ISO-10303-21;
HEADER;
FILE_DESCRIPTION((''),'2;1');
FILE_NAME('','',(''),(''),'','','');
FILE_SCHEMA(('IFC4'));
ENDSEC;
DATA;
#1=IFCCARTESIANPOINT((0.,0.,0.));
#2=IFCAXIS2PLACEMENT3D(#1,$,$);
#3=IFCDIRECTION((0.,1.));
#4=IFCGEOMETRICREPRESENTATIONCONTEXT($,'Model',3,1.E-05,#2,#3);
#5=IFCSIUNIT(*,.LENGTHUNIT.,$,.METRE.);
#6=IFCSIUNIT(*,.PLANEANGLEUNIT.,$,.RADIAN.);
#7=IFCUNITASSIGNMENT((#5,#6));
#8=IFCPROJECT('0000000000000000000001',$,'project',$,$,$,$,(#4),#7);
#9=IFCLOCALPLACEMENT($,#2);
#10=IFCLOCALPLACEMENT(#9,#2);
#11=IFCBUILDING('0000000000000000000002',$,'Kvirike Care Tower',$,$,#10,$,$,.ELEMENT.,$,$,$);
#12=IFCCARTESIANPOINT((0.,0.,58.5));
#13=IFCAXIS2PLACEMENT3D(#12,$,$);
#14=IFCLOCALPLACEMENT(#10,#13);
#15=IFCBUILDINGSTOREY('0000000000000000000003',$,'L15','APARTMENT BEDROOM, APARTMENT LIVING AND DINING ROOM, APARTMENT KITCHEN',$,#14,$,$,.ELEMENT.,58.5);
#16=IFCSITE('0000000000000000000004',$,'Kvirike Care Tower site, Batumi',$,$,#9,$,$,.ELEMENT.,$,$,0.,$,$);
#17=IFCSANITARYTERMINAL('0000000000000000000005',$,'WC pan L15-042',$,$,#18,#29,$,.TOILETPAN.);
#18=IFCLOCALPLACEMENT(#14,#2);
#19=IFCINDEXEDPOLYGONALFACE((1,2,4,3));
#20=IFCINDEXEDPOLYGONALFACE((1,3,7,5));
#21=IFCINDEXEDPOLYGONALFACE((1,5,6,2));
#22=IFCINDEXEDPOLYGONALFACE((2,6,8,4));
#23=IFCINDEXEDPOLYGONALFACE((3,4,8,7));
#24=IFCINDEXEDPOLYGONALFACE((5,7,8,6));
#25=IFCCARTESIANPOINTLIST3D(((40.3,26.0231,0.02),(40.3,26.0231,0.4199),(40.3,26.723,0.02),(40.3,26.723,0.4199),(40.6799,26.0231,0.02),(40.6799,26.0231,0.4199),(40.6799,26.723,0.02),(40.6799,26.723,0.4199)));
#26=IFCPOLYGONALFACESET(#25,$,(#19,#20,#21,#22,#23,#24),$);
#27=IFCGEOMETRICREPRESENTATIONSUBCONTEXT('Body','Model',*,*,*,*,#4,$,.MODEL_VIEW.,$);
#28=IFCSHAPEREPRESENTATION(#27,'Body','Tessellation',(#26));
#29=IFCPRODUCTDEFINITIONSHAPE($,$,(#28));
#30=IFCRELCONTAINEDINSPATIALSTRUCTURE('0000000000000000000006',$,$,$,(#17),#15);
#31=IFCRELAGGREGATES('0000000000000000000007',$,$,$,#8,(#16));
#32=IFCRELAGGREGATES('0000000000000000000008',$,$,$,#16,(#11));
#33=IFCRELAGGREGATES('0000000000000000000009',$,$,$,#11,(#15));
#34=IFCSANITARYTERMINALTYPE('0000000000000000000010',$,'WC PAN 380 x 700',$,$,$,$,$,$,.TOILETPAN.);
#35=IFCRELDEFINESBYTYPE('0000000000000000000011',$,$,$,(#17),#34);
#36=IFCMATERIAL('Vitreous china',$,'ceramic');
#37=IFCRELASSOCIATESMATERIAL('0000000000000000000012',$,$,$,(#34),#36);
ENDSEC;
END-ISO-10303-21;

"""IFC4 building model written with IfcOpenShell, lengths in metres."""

from ifc_helpers import new_model, si_unit, direction, frame, origin, origin_2d, place, context, subcontext, project, spatial, rectangle, extrude, material, type_object, element, save


model = new_model("IFC4")

# Units and contexts
model_context = context("Model", 3, precision=1e-05, world=origin(), true_north=direction((0.0, 1.0)))
body_context = subcontext(model_context, "Body", "Model", "MODEL_VIEW")
ifc_project = project(units=[si_unit("LENGTHUNIT", "METRE"), si_unit("PLANEANGLEUNIT", "RADIAN")], contexts=[model_context])

# Site, building, storey
site_placement = place(None, origin())
site = spatial("IfcSite", under=ifc_project, at=site_placement, Name="Kvirike Care Tower site, Batumi", CompositionType="ELEMENT", RefElevation=0.0)
building_placement = place(site_placement, origin())
building = spatial("IfcBuilding", under=site, at=building_placement, Name="Kvirike Care Tower", CompositionType="ELEMENT")
storey_placement = place(building_placement, frame((0.0, 0.0, 58.5)))
storey = spatial("IfcBuildingStorey", under=building, at=storey_placement, Name="L15", Description="APARTMENT BEDROOM, APARTMENT LIVING AND DINING ROOM, APARTMENT KITCHEN", CompositionType="ELEMENT", Elevation=58.5)

# Sanitary terminal
ifc_material_1 = material(Name="Vitreous china", Category="ceramic")
sanitary_terminal_type_1 = type_object("IfcSanitaryTerminalType", Name="WC PAN 380 x 700", PredefinedType="TOILETPAN", material=ifc_material_1)
sanitary_terminal_1_placement = place(storey_placement, frame((40.49, 26.373, 0.02), z_axis=(0.0, 0.0, 1.0), x_axis=(1.0, 0.0, 0.0)))
element("IfcSanitaryTerminal", 1, at=sanitary_terminal_1_placement, inside=storey, type_object=sanitary_terminal_type_1, Name="WC pan L15-042", PredefinedType="TOILETPAN", context=body_context, shape_type="SweptSolid", body=[
    extrude(rectangle(XDim=0.3799, YDim=0.7, at=origin_2d()), origin(), (0.0, 0.0, 1.0), 0.3999),
])

save(model, "model.ifc")
